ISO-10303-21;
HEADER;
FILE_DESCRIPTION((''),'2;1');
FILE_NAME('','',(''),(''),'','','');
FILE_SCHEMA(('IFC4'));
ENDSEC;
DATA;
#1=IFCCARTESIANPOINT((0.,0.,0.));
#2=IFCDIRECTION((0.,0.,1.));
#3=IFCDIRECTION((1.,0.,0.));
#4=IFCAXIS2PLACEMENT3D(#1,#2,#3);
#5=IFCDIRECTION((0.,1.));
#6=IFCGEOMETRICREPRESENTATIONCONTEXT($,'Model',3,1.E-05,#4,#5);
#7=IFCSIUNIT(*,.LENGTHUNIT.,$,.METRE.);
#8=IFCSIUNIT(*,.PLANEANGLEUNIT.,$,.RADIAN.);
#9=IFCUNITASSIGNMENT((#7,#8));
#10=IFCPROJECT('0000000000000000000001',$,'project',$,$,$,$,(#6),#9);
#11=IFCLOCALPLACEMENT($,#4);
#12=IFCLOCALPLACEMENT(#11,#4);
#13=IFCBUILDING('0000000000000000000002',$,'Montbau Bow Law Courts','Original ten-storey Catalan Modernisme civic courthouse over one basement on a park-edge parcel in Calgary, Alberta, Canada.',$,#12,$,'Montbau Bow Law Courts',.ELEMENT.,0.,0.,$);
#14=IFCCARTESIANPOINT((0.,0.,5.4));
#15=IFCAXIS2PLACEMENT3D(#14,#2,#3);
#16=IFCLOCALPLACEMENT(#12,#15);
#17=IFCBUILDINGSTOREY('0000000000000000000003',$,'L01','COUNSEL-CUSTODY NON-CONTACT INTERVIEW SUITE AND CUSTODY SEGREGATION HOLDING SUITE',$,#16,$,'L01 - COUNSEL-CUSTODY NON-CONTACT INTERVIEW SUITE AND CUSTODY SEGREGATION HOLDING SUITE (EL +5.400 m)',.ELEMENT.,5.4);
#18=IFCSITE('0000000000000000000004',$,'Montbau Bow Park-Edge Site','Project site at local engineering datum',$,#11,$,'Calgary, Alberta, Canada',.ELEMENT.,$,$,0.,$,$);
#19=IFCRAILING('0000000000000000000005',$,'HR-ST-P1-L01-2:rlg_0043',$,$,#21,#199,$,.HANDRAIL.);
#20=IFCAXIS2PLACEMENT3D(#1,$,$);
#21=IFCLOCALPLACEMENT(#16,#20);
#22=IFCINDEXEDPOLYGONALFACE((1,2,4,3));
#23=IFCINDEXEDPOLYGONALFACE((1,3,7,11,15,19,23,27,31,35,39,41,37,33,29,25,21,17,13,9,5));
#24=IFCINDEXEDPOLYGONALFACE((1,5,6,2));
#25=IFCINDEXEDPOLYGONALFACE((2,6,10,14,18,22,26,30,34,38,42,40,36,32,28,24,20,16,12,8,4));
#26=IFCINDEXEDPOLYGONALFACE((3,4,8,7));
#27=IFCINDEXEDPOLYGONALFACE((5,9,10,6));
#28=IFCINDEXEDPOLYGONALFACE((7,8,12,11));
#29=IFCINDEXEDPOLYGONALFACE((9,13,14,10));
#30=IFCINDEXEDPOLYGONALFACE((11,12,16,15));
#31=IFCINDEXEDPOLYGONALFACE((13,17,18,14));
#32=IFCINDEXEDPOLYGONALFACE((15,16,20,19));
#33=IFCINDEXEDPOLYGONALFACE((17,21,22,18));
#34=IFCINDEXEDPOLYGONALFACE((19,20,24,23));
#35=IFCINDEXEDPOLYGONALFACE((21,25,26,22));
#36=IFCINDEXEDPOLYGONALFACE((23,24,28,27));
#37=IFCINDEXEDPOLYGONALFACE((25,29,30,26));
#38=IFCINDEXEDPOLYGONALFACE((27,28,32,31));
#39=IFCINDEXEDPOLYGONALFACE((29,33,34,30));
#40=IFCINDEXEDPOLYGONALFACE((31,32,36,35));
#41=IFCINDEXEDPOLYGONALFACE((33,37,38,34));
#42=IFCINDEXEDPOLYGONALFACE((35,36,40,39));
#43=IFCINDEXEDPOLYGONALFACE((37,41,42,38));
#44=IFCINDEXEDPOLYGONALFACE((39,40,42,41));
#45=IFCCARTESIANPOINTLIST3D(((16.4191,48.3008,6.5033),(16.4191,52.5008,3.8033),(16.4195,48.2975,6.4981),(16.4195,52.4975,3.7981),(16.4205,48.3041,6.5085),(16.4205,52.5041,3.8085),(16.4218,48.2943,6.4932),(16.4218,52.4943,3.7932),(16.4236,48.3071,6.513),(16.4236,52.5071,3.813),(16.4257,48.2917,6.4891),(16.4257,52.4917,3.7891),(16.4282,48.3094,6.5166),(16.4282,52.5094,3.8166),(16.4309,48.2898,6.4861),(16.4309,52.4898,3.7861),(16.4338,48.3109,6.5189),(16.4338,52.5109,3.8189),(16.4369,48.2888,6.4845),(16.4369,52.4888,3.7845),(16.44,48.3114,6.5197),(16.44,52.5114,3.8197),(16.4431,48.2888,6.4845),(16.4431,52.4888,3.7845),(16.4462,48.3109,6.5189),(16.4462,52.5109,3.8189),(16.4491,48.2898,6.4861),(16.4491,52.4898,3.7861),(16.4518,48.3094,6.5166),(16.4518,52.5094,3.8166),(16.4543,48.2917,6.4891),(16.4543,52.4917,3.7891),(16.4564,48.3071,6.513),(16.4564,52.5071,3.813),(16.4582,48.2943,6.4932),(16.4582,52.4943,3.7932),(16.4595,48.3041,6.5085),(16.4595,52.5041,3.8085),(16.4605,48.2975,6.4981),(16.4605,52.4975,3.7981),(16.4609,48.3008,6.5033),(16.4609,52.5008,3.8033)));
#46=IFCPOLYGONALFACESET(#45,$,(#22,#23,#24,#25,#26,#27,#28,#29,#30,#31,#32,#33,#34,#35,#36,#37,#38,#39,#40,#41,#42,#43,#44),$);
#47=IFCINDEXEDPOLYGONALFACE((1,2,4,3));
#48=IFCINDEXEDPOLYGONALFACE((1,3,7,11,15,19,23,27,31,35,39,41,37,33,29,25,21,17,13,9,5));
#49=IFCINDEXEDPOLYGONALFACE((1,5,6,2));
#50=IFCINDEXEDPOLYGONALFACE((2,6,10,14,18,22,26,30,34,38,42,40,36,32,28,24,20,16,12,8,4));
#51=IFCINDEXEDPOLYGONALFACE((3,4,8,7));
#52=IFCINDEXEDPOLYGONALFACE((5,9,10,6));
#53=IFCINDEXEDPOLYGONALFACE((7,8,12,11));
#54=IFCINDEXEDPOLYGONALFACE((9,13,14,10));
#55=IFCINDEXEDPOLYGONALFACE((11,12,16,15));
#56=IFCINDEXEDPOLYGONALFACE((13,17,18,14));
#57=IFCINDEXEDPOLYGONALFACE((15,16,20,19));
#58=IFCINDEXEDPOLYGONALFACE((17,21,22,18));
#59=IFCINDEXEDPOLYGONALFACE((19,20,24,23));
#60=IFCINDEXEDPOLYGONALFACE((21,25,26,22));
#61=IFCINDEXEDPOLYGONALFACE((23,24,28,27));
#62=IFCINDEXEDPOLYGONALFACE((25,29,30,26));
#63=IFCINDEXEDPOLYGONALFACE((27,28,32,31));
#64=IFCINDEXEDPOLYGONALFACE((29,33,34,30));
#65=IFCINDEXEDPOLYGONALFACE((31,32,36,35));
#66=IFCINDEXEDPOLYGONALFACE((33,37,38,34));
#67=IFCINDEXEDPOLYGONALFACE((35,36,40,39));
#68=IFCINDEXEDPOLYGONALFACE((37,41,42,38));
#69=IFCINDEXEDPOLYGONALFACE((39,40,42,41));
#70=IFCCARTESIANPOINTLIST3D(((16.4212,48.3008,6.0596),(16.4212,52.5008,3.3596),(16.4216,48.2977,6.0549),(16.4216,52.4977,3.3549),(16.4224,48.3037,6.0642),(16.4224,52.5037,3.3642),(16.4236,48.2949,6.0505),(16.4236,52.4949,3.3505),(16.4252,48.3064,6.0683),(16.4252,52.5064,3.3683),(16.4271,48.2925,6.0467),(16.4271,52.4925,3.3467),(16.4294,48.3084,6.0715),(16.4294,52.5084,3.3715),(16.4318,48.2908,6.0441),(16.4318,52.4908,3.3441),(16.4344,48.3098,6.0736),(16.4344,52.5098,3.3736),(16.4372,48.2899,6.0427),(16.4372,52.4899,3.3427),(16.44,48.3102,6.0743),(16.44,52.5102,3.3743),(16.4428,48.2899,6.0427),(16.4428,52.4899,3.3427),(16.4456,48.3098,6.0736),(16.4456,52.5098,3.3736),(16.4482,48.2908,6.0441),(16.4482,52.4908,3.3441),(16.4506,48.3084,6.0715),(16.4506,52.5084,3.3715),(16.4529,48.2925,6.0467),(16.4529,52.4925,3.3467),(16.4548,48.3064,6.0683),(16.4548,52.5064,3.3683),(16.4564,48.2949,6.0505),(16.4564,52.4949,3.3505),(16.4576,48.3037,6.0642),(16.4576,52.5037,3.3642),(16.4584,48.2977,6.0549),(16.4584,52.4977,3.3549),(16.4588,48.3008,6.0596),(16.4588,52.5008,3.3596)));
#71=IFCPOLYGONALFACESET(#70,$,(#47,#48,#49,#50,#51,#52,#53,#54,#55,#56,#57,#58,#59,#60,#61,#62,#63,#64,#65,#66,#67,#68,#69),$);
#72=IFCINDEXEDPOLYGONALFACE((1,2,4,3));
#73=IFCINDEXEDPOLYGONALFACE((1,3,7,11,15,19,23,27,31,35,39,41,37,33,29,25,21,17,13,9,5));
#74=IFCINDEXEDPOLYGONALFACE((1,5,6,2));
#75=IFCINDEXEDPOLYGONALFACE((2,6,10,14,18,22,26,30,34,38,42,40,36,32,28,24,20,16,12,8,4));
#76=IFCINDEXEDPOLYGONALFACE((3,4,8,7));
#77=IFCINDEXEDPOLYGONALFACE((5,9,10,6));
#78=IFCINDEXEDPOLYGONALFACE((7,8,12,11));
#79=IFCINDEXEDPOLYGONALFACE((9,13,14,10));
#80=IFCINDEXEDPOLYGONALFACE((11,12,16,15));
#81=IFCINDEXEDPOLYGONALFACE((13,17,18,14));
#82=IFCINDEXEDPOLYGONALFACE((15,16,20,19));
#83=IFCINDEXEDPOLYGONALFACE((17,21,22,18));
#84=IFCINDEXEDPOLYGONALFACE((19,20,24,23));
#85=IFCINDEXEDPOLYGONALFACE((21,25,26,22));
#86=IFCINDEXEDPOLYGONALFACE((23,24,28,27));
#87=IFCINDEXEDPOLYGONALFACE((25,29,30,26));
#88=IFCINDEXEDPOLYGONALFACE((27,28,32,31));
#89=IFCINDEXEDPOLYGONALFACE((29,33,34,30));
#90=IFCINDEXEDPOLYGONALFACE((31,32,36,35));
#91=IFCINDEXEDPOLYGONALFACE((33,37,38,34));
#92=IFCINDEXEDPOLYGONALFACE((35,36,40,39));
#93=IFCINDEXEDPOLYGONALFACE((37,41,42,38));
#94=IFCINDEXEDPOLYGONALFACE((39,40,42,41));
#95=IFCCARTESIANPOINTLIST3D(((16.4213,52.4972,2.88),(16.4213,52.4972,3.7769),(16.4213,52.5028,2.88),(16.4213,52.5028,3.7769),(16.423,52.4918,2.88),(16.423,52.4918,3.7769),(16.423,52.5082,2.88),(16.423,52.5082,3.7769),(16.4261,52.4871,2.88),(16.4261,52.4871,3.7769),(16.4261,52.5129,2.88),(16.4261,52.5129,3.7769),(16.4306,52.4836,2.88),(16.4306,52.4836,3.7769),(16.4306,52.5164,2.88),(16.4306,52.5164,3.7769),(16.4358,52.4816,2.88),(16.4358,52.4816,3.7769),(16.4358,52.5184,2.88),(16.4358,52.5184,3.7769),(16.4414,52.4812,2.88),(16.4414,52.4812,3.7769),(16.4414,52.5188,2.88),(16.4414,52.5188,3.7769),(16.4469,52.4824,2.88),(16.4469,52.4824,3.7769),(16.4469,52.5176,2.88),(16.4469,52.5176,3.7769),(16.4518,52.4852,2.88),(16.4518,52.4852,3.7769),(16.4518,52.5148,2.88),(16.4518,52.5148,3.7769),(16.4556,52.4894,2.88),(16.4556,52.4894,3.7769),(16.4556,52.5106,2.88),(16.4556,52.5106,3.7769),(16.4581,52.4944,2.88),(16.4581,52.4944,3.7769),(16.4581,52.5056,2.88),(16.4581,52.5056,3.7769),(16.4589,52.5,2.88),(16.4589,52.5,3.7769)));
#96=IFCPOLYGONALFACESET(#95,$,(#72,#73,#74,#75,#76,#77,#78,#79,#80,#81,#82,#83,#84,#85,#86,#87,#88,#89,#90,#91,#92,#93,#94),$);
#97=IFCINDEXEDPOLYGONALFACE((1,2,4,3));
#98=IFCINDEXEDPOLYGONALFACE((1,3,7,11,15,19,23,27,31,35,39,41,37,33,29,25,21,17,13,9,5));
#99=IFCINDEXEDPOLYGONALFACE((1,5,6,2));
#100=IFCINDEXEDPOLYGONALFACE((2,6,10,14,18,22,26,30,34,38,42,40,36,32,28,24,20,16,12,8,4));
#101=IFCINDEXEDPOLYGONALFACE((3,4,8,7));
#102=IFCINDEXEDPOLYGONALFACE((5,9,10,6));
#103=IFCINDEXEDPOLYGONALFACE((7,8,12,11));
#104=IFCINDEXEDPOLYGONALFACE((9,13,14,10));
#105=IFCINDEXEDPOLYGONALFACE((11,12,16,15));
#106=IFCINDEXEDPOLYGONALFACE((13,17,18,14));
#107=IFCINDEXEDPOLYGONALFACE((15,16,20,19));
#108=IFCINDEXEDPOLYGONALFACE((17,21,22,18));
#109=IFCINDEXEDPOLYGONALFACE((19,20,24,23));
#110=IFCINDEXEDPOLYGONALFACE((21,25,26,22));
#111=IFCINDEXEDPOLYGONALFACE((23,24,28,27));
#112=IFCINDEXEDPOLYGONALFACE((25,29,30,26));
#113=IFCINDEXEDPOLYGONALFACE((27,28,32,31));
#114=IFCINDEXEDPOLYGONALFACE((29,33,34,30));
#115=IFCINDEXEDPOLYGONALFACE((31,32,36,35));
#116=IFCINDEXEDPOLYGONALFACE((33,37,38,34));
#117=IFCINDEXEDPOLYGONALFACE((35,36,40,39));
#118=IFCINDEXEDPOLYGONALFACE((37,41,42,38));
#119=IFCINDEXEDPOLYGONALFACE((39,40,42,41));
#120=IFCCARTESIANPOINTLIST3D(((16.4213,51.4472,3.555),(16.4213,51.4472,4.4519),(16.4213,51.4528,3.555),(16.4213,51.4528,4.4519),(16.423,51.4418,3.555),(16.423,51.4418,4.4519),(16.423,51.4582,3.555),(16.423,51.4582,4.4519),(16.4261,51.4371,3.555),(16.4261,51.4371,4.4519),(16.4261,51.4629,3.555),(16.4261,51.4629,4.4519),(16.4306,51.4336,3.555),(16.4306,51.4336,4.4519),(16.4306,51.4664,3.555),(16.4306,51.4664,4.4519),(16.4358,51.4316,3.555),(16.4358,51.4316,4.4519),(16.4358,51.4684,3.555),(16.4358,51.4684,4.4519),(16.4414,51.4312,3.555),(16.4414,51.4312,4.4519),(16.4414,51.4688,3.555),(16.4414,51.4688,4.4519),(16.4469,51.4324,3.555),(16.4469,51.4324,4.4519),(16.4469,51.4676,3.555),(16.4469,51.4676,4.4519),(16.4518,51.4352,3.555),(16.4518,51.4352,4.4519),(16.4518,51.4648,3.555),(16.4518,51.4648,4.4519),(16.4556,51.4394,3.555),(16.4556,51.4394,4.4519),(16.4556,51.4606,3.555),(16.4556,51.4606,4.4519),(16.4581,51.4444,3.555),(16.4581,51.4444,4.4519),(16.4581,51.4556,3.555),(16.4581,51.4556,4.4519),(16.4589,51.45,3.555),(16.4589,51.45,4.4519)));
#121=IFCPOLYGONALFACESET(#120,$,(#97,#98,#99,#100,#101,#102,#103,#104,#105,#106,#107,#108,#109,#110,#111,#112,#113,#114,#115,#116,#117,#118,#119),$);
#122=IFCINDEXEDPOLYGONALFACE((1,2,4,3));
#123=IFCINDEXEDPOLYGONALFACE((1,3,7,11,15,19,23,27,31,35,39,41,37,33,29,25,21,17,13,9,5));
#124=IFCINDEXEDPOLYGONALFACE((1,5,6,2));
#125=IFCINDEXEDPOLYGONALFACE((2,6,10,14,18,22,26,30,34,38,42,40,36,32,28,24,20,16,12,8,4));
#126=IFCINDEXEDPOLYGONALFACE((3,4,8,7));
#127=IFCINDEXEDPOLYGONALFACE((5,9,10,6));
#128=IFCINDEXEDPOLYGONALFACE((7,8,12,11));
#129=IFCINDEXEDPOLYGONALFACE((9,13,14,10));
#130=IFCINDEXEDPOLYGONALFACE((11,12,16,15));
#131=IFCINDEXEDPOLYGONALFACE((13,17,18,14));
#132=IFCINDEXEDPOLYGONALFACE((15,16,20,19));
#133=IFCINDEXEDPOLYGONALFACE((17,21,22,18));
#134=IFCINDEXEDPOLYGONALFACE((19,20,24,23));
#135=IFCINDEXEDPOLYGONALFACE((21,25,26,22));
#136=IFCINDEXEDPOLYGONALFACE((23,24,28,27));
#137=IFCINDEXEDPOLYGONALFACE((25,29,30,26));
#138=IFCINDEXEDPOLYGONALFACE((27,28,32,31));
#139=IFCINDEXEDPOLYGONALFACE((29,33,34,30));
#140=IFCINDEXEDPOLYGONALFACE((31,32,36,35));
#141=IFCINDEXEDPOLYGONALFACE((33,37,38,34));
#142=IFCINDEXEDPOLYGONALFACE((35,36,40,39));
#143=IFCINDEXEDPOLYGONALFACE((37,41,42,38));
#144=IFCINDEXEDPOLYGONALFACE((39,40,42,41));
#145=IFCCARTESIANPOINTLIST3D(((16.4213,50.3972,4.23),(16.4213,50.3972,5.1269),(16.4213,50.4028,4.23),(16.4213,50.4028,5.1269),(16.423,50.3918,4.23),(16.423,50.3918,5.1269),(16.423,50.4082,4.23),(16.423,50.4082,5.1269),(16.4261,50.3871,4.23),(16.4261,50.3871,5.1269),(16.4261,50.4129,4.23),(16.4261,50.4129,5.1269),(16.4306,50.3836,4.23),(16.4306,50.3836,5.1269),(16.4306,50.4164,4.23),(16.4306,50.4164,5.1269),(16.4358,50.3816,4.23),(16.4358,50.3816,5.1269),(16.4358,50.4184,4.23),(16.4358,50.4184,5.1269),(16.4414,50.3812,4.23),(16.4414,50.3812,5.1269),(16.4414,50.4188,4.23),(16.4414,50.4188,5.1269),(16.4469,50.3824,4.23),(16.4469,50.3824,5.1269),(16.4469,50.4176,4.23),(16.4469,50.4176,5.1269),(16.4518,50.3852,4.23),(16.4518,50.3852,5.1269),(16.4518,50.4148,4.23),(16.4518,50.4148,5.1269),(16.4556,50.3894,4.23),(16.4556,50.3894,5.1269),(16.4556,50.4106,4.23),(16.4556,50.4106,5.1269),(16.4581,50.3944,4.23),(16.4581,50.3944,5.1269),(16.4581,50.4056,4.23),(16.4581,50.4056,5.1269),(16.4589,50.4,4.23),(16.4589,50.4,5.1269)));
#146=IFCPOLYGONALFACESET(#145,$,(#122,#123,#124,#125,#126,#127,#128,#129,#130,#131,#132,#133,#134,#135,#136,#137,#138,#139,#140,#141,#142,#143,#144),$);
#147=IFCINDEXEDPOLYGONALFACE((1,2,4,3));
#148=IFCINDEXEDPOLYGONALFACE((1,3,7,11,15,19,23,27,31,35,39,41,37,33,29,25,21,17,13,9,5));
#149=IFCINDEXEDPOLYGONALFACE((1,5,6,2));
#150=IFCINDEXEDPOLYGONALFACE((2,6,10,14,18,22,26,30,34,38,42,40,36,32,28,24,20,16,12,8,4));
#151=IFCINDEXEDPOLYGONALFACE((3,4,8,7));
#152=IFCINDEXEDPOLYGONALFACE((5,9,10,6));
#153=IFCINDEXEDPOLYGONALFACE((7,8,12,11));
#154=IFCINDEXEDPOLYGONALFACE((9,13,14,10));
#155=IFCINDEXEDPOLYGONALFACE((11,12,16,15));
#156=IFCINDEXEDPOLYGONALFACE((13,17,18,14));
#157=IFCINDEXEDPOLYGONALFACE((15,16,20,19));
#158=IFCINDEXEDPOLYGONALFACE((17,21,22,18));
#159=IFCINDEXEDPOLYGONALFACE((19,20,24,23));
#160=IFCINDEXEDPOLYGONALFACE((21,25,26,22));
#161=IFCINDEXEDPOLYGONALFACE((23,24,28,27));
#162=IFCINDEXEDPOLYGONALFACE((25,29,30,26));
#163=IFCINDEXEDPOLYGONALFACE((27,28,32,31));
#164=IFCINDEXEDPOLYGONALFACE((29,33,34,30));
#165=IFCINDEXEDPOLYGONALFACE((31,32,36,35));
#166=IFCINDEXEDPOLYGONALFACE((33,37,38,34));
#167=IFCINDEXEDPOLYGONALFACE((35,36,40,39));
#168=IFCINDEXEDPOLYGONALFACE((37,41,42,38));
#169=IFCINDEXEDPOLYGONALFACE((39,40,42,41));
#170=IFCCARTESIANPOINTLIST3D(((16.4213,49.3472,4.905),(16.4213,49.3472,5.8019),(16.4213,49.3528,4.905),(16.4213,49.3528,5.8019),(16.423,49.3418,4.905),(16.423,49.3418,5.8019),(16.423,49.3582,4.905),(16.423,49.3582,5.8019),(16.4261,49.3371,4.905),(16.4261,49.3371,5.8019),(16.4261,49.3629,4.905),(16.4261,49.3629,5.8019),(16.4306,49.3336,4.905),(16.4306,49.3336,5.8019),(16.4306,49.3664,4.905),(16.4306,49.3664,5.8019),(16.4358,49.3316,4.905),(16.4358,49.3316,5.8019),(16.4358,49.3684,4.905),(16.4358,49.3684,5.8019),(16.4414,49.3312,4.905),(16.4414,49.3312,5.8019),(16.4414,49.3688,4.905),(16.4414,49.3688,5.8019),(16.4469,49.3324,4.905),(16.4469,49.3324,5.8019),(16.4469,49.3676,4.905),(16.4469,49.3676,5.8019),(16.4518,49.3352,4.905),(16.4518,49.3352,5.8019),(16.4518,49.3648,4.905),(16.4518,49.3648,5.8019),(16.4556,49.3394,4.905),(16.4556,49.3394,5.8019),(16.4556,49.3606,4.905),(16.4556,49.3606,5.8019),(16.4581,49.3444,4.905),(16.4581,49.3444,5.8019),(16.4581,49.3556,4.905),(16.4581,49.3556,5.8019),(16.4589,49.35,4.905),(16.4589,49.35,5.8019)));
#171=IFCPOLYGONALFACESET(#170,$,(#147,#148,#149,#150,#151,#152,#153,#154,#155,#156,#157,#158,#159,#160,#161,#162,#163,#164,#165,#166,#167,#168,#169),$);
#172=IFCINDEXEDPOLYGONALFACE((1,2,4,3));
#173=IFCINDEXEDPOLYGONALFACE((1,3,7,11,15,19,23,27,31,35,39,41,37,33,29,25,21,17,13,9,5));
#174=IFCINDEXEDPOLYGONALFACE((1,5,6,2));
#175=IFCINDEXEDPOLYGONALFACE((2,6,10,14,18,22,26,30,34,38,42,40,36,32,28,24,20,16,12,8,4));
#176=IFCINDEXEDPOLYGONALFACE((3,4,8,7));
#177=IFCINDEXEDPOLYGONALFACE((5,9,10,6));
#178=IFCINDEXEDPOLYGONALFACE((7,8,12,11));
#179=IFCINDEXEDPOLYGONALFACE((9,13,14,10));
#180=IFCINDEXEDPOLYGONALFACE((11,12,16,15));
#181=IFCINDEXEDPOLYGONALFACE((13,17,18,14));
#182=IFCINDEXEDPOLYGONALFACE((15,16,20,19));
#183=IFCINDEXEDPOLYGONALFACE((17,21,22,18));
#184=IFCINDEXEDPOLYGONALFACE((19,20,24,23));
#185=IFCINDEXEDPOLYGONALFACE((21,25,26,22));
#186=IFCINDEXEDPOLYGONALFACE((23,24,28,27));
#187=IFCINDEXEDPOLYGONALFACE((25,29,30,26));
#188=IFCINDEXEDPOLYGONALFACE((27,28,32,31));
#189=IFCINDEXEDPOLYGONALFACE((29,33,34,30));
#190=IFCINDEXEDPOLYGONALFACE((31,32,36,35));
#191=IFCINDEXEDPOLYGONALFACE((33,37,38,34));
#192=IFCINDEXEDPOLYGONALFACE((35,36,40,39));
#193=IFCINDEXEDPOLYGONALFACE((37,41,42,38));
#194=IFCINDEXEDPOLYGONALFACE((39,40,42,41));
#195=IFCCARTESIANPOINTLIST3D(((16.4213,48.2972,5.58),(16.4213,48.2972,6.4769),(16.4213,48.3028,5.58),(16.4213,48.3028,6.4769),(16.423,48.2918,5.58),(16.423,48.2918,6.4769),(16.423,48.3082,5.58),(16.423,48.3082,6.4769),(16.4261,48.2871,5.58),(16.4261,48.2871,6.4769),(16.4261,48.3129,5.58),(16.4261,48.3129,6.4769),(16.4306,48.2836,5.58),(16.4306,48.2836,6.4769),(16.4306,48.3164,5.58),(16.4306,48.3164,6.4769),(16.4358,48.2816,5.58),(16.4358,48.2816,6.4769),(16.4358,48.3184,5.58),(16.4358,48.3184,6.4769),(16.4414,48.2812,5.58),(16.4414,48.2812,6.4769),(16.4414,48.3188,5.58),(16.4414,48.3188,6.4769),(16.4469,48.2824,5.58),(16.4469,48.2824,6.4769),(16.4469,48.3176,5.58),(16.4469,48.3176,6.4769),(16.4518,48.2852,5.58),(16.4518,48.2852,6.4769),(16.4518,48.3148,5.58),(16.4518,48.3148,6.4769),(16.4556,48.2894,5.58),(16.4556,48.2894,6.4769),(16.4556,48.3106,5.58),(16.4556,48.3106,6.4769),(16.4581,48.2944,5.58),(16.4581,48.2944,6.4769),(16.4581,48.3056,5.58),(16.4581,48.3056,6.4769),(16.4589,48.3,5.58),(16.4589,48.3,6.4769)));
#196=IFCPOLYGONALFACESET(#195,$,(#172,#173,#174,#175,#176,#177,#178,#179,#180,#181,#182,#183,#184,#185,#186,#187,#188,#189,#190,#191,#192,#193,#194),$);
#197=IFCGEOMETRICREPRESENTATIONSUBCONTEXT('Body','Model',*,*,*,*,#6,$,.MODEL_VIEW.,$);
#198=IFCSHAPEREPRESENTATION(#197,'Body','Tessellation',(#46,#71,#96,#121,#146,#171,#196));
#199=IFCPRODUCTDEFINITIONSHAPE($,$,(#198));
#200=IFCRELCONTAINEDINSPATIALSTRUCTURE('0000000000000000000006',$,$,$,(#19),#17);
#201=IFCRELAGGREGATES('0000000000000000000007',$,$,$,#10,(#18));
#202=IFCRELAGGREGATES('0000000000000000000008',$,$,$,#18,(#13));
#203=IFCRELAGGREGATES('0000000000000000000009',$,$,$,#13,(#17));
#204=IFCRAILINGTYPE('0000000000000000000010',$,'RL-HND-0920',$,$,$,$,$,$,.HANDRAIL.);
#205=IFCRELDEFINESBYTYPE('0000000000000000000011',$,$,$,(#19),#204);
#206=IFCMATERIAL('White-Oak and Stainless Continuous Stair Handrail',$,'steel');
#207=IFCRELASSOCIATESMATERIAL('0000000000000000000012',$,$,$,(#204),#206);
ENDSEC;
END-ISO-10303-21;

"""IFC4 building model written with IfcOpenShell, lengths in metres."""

from ifc_helpers import new_model, si_unit, direction, frame, origin_with_axes, origin_2d_with_axis, place, context, subcontext, project, spatial, circle, extrude, material, type_object, element, save


model = new_model("IFC4")

# Units and contexts
model_context = context("Model", 3, precision=1e-05, world=origin_with_axes(), true_north=direction((0.0, 1.0)))
body_context = subcontext(model_context, "Body", "Model", "MODEL_VIEW")
ifc_project = project(units=[si_unit("LENGTHUNIT", "METRE"), si_unit("PLANEANGLEUNIT", "RADIAN")], contexts=[model_context])

# Site, building, storey
site_placement = place(None, origin_with_axes())
site = spatial("IfcSite", under=ifc_project, at=site_placement, Name="Montbau Bow Park-Edge Site", Description="Project site at local engineering datum", LongName="Calgary, Alberta, Canada", CompositionType="ELEMENT", RefElevation=0.0)
building_placement = place(site_placement, origin_with_axes())
building = spatial("IfcBuilding", under=site, at=building_placement, Name="Montbau Bow Law Courts", Description="Original ten-storey Catalan Modernisme civic courthouse over one basement on a park-edge parcel in Calgary, Alberta, Canada.", LongName="Montbau Bow Law Courts", CompositionType="ELEMENT", ElevationOfRefHeight=0.0, ElevationOfTerrain=0.0)
storey_placement = place(building_placement, frame((0.0, 0.0, 5.4), z_axis=(0.0, 0.0, 1.0), x_axis=(1.0, 0.0, 0.0)))
storey = spatial("IfcBuildingStorey", under=building, at=storey_placement, Name="L01", Description="COUNSEL-CUSTODY NON-CONTACT INTERVIEW SUITE AND CUSTODY SEGREGATION HOLDING SUITE", LongName="L01 - COUNSEL-CUSTODY NON-CONTACT INTERVIEW SUITE AND CUSTODY SEGREGATION HOLDING SUITE (EL +5.400 m)", CompositionType="ELEMENT", Elevation=5.4)

# Railing
ifc_material_1 = material(Name="White-Oak and Stainless Continuous Stair Handrail", Category="steel")
railing_type_1 = type_object("IfcRailingType", Name="RL-HND-0920", PredefinedType="HANDRAIL", material=ifc_material_1)
railing_1_placement = place(None, origin_with_axes())
element("IfcRailing", 1, at=railing_1_placement, inside=storey, type_object=railing_type_1, Name="HR-ST-P1-L01-2:rlg_0043", PredefinedType="HANDRAIL", context=body_context, shape_type="SweptSolid", body=[
    extrude(circle(Radius=0.021, at=origin_2d_with_axis()), frame((16.44, 52.5, 9.202), z_axis=(0.0, -0.841178, 0.540758), x_axis=(0.0, 0.540758, 0.841178)), (0.0, 0.0, 1.0), 4.993),
    extrude(circle(Radius=0.0189, at=origin_2d_with_axis()), frame((16.44, 52.5, 8.7584), z_axis=(0.0, -0.841178, 0.540758), x_axis=(0.0, 0.540758, 0.841178)), (0.0, 0.0, 1.0), 4.993),
    extrude(circle(Radius=0.0189, at=origin_2d_with_axis()), frame((16.44, 52.5, 8.28), z_axis=(0.0, 0.0, 1.0), x_axis=(1.0, 0.0, 0.0)), (0.0, 0.0, 1.0), 0.8969),
    extrude(circle(Radius=0.0189, at=origin_2d_with_axis()), frame((16.44, 51.45, 8.955), z_axis=(0.0, 0.0, 1.0), x_axis=(1.0, 0.0, 0.0)), (0.0, 0.0, 1.0), 0.8969),
    extrude(circle(Radius=0.0189, at=origin_2d_with_axis()), frame((16.44, 50.4, 9.63), z_axis=(0.0, 0.0, 1.0), x_axis=(1.0, 0.0, 0.0)), (0.0, 0.0, 1.0), 0.8969),
    extrude(circle(Radius=0.0189, at=origin_2d_with_axis()), frame((16.44, 49.35, 10.305), z_axis=(0.0, 0.0, 1.0), x_axis=(1.0, 0.0, 0.0)), (0.0, 0.0, 1.0), 0.8969),
    extrude(circle(Radius=0.0189, at=origin_2d_with_axis()), frame((16.44, 48.3, 10.98), z_axis=(0.0, 0.0, 1.0), x_axis=(1.0, 0.0, 0.0)), (0.0, 0.0, 1.0), 0.8969),
])

save(model, "model.ifc")
